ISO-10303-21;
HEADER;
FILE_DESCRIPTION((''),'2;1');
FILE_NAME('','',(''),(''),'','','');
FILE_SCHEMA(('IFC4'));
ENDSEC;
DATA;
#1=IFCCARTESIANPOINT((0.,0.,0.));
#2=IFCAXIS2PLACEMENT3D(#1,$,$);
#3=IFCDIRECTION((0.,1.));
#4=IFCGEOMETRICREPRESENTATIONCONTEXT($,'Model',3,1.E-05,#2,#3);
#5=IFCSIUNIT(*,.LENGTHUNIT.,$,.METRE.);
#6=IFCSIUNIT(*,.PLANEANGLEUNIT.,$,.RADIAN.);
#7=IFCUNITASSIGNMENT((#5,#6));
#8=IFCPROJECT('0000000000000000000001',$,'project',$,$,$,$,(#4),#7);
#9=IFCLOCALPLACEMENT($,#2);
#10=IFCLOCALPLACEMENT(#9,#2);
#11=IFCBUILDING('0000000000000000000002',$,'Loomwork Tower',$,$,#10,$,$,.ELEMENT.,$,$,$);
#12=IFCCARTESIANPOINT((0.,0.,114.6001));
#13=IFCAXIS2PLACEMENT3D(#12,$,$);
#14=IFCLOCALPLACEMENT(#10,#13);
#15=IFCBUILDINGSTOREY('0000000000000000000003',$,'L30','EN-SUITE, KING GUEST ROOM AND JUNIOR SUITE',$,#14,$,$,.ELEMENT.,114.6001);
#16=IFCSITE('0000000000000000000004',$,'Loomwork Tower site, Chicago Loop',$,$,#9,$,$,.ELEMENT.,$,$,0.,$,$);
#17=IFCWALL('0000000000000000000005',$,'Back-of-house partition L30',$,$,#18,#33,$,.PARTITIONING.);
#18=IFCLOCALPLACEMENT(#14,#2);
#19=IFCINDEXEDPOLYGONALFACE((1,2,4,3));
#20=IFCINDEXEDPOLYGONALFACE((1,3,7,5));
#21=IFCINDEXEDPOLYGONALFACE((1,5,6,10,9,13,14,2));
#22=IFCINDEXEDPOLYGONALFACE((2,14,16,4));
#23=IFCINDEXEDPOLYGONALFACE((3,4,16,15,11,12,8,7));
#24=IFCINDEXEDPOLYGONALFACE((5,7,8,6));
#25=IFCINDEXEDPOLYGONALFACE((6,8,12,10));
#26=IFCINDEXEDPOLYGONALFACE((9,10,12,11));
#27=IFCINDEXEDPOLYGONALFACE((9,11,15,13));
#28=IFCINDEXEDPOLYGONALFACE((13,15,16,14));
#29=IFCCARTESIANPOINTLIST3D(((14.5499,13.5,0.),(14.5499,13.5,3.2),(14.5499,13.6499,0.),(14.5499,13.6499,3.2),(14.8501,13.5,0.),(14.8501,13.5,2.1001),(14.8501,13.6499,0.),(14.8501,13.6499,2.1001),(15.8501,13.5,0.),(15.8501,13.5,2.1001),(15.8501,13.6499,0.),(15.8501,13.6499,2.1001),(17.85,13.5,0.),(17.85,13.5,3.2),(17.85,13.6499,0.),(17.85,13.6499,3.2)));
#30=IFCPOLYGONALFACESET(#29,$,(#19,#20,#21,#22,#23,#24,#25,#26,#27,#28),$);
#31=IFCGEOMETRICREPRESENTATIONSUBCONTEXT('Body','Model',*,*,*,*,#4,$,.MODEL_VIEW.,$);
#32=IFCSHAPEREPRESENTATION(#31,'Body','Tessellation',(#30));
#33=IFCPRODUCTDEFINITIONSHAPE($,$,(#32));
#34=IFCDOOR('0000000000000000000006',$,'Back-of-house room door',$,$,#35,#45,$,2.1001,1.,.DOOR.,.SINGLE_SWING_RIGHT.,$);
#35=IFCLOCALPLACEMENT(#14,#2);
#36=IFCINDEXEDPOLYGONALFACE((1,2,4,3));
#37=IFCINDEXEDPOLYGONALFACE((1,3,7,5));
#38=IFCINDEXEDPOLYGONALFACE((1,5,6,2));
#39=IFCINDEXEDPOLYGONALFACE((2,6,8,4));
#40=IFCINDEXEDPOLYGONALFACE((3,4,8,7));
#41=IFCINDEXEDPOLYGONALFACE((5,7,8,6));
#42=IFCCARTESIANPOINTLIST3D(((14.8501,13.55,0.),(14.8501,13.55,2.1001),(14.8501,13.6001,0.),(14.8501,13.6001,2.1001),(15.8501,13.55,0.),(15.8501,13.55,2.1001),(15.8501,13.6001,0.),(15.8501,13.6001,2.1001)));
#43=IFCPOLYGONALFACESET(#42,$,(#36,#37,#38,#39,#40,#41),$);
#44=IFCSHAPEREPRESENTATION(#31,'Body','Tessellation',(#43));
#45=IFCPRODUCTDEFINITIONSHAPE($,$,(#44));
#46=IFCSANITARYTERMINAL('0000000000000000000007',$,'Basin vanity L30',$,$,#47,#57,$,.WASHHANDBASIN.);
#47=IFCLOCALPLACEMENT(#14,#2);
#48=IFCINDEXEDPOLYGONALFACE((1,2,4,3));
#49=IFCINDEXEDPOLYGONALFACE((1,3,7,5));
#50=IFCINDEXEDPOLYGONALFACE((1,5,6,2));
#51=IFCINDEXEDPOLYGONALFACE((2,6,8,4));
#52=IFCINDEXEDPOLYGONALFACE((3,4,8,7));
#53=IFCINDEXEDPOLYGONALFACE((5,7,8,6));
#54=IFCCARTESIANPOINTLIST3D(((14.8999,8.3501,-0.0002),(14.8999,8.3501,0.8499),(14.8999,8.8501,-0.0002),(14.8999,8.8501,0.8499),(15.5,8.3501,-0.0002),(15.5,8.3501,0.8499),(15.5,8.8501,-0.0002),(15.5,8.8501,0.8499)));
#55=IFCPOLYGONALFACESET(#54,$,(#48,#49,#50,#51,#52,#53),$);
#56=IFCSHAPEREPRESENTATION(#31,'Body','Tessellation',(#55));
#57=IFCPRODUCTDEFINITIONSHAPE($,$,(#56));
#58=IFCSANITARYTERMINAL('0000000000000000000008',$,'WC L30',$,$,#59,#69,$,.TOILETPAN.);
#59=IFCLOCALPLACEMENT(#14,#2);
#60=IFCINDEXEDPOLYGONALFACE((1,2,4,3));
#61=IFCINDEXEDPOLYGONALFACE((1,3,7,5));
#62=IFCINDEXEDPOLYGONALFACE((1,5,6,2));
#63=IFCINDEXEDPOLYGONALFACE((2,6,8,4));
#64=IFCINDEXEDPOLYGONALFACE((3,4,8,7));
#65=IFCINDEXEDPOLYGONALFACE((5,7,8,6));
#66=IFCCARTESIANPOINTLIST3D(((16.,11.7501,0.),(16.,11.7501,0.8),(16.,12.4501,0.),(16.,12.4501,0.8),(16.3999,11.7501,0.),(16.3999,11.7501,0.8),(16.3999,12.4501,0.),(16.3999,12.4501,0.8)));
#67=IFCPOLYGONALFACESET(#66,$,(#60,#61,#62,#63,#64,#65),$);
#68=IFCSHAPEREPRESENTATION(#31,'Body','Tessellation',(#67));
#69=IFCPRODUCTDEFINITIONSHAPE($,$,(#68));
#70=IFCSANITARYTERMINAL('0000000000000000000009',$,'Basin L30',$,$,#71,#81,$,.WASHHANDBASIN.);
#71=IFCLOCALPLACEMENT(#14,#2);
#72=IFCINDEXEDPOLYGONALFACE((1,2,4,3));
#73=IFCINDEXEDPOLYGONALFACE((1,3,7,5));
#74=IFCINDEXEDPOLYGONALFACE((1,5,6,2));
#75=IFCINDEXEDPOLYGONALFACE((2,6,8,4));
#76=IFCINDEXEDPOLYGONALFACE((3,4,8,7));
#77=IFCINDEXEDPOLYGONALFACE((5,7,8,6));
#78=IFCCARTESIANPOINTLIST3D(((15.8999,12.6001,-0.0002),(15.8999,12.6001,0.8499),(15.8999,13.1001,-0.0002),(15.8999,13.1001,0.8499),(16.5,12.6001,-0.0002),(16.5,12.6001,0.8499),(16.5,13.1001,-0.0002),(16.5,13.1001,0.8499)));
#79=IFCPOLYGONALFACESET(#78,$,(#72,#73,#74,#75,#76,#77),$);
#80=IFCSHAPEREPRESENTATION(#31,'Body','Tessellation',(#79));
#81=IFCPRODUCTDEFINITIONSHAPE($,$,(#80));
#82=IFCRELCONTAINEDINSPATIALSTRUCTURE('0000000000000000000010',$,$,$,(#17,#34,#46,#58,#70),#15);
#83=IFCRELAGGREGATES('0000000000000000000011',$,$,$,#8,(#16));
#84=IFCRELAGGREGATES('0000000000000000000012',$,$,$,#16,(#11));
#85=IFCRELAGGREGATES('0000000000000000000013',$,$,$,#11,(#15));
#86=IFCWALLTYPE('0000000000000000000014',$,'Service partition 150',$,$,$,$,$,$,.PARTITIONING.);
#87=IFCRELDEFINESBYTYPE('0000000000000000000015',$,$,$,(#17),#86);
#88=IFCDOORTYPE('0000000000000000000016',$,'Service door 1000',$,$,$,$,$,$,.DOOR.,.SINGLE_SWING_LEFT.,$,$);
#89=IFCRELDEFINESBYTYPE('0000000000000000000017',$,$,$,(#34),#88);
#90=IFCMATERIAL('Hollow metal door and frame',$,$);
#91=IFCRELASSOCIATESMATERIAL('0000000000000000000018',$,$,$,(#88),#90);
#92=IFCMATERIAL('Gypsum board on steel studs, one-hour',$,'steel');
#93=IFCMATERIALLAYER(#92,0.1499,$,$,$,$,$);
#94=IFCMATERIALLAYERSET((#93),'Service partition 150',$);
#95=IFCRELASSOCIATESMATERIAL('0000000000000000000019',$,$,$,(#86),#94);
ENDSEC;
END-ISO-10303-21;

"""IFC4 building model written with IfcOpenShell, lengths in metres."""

from ifc_helpers import new_model, si_unit, direction, frame, frame_2d, origin, origin_2d, place, context, subcontext, project, spatial, rectangle, extrude, material, layer, layer_set, type_object, element, fill, save


model = new_model("IFC4")

# Units and contexts
model_context = context("Model", 3, precision=1e-05, world=origin(), true_north=direction((0.0, 1.0)))
body_context = subcontext(model_context, "Body", "Model", "MODEL_VIEW")
ifc_project = project(units=[si_unit("LENGTHUNIT", "METRE"), si_unit("PLANEANGLEUNIT", "RADIAN")], contexts=[model_context])

# Site, building, storey
site_placement = place(None, origin())
site = spatial("IfcSite", under=ifc_project, at=site_placement, Name="Loomwork Tower site, Chicago Loop", CompositionType="ELEMENT", RefElevation=0.0)
building_placement = place(site_placement, origin())
building = spatial("IfcBuilding", under=site, at=building_placement, Name="Loomwork Tower", CompositionType="ELEMENT")
storey_placement = place(building_placement, frame((0.0, 0.0, 114.6001)))
storey = spatial("IfcBuildingStorey", under=building, at=storey_placement, Name="L30", Description="EN-SUITE, KING GUEST ROOM AND JUNIOR SUITE", CompositionType="ELEMENT", Elevation=114.6001)

# Shared definitions
ifc_material_1 = material(Name="Hollow metal door and frame")
door_type_1 = type_object("IfcDoorType", Name="Service door 1000", OperationType="SINGLE_SWING_LEFT", PredefinedType="DOOR", material=ifc_material_1)

# Wall, opening, door
ifc_material_2 = material(Name="Gypsum board on steel studs, one-hour", Category="steel")
ifc_layer_1 = layer(ifc_material_2, 0.1499)
ifc_layer_set_1 = layer_set([ifc_layer_1], Name="Service partition 150")
wall_type_1 = type_object("IfcWallType", Name="Service partition 150", PredefinedType="PARTITIONING", material=ifc_layer_set_1)
wall_1_placement = place(storey_placement, frame((14.55, 13.575, 0.0), z_axis=(0.0, 0.0, 1.0), x_axis=(1.0, 0.0, 0.0)))
wall_1 = element("IfcWall", 1, at=wall_1_placement, inside=storey, type_object=wall_type_1, Name="Back-of-house partition L30", PredefinedType="PARTITIONING", context=body_context, shape_type="SweptSolid", body=[
    extrude(rectangle(XDim=3.3, YDim=0.1499, at=frame_2d((1.6499, 0.0))), origin(), (0.0, 0.0, 1.0), 3.2),
])
opening_1_placement = place(wall_1_placement, frame((0.3, 0.0, 0.0)))
opening_1 = element("IfcOpeningElement", 2, at=opening_1_placement, cuts=wall_1, PredefinedType="OPENING", context=body_context, shape_type="SweptSolid", body=[
    extrude(rectangle(XDim=1.0, YDim=2.1001, at=frame_2d((0.5, 1.05))), frame((0.0, 0.085, 0.0), z_axis=(0.0, -1.0, 0.0), x_axis=(1.0, 0.0, 0.0)), (0.0, 0.0, 1.0), 0.1699),
])
door_1_placement = place(opening_1_placement, frame((1.0, 0.0, 0.0), z_axis=(0.0, 0.0, 1.0), x_axis=(-1.0, 0.0, 0.0)))
door_1 = element("IfcDoor", 3, at=door_1_placement, inside=storey, type_object=door_type_1, Name="Back-of-house room door", OperationType="SINGLE_SWING_RIGHT", OverallHeight=2.1001, OverallWidth=1.0, PredefinedType="DOOR", context=body_context, shape_type="SweptSolid", body=[
    extrude(rectangle(XDim=1.0, YDim=2.1001, at=frame_2d((0.5, 1.05))), frame((0.0, 0.0249, 0.0), z_axis=(0.0, -1.0, 0.0), x_axis=(1.0, 0.0, 0.0)), (0.0, 0.0, 1.0), 0.05),
])
fill(opening_1, door_1)

# Sanitary terminals
sanitary_terminal_1_placement = place(storey_placement, frame((15.2, 8.6001, -0.0002), z_axis=(0.0, 0.0, 1.0), x_axis=(1.0, 0.0, 0.0)))
element("IfcSanitaryTerminal", 4, at=sanitary_terminal_1_placement, inside=storey, Name="Basin vanity L30", PredefinedType="WASHHANDBASIN", context=body_context, shape_type="SweptSolid", body=[
    extrude(rectangle(XDim=0.6001, YDim=0.5, at=origin_2d()), origin(), (0.0, 0.0, 1.0), 0.8501),
])
sanitary_terminal_2_placement = place(storey_placement, frame((16.2, 12.1001, 0.0), z_axis=(0.0, 0.0, 1.0), x_axis=(1.0, 0.0, 0.0)))
element("IfcSanitaryTerminal", 5, at=sanitary_terminal_2_placement, inside=storey, Name="WC L30", PredefinedType="TOILETPAN", context=body_context, shape_type="SweptSolid", body=[
    extrude(rectangle(XDim=0.3999, YDim=0.7, at=origin_2d()), origin(), (0.0, 0.0, 1.0), 0.8),
])
sanitary_terminal_3_placement = place(storey_placement, frame((16.2, 12.8501, -0.0002), z_axis=(0.0, 0.0, 1.0), x_axis=(1.0, 0.0, 0.0)))
element("IfcSanitaryTerminal", 6, at=sanitary_terminal_3_placement, inside=storey, Name="Basin L30", PredefinedType="WASHHANDBASIN", context=body_context, shape_type="SweptSolid", body=[
    extrude(rectangle(XDim=0.6001, YDim=0.5, at=origin_2d()), origin(), (0.0, 0.0, 1.0), 0.8501),
])

save(model, "model.ifc")
